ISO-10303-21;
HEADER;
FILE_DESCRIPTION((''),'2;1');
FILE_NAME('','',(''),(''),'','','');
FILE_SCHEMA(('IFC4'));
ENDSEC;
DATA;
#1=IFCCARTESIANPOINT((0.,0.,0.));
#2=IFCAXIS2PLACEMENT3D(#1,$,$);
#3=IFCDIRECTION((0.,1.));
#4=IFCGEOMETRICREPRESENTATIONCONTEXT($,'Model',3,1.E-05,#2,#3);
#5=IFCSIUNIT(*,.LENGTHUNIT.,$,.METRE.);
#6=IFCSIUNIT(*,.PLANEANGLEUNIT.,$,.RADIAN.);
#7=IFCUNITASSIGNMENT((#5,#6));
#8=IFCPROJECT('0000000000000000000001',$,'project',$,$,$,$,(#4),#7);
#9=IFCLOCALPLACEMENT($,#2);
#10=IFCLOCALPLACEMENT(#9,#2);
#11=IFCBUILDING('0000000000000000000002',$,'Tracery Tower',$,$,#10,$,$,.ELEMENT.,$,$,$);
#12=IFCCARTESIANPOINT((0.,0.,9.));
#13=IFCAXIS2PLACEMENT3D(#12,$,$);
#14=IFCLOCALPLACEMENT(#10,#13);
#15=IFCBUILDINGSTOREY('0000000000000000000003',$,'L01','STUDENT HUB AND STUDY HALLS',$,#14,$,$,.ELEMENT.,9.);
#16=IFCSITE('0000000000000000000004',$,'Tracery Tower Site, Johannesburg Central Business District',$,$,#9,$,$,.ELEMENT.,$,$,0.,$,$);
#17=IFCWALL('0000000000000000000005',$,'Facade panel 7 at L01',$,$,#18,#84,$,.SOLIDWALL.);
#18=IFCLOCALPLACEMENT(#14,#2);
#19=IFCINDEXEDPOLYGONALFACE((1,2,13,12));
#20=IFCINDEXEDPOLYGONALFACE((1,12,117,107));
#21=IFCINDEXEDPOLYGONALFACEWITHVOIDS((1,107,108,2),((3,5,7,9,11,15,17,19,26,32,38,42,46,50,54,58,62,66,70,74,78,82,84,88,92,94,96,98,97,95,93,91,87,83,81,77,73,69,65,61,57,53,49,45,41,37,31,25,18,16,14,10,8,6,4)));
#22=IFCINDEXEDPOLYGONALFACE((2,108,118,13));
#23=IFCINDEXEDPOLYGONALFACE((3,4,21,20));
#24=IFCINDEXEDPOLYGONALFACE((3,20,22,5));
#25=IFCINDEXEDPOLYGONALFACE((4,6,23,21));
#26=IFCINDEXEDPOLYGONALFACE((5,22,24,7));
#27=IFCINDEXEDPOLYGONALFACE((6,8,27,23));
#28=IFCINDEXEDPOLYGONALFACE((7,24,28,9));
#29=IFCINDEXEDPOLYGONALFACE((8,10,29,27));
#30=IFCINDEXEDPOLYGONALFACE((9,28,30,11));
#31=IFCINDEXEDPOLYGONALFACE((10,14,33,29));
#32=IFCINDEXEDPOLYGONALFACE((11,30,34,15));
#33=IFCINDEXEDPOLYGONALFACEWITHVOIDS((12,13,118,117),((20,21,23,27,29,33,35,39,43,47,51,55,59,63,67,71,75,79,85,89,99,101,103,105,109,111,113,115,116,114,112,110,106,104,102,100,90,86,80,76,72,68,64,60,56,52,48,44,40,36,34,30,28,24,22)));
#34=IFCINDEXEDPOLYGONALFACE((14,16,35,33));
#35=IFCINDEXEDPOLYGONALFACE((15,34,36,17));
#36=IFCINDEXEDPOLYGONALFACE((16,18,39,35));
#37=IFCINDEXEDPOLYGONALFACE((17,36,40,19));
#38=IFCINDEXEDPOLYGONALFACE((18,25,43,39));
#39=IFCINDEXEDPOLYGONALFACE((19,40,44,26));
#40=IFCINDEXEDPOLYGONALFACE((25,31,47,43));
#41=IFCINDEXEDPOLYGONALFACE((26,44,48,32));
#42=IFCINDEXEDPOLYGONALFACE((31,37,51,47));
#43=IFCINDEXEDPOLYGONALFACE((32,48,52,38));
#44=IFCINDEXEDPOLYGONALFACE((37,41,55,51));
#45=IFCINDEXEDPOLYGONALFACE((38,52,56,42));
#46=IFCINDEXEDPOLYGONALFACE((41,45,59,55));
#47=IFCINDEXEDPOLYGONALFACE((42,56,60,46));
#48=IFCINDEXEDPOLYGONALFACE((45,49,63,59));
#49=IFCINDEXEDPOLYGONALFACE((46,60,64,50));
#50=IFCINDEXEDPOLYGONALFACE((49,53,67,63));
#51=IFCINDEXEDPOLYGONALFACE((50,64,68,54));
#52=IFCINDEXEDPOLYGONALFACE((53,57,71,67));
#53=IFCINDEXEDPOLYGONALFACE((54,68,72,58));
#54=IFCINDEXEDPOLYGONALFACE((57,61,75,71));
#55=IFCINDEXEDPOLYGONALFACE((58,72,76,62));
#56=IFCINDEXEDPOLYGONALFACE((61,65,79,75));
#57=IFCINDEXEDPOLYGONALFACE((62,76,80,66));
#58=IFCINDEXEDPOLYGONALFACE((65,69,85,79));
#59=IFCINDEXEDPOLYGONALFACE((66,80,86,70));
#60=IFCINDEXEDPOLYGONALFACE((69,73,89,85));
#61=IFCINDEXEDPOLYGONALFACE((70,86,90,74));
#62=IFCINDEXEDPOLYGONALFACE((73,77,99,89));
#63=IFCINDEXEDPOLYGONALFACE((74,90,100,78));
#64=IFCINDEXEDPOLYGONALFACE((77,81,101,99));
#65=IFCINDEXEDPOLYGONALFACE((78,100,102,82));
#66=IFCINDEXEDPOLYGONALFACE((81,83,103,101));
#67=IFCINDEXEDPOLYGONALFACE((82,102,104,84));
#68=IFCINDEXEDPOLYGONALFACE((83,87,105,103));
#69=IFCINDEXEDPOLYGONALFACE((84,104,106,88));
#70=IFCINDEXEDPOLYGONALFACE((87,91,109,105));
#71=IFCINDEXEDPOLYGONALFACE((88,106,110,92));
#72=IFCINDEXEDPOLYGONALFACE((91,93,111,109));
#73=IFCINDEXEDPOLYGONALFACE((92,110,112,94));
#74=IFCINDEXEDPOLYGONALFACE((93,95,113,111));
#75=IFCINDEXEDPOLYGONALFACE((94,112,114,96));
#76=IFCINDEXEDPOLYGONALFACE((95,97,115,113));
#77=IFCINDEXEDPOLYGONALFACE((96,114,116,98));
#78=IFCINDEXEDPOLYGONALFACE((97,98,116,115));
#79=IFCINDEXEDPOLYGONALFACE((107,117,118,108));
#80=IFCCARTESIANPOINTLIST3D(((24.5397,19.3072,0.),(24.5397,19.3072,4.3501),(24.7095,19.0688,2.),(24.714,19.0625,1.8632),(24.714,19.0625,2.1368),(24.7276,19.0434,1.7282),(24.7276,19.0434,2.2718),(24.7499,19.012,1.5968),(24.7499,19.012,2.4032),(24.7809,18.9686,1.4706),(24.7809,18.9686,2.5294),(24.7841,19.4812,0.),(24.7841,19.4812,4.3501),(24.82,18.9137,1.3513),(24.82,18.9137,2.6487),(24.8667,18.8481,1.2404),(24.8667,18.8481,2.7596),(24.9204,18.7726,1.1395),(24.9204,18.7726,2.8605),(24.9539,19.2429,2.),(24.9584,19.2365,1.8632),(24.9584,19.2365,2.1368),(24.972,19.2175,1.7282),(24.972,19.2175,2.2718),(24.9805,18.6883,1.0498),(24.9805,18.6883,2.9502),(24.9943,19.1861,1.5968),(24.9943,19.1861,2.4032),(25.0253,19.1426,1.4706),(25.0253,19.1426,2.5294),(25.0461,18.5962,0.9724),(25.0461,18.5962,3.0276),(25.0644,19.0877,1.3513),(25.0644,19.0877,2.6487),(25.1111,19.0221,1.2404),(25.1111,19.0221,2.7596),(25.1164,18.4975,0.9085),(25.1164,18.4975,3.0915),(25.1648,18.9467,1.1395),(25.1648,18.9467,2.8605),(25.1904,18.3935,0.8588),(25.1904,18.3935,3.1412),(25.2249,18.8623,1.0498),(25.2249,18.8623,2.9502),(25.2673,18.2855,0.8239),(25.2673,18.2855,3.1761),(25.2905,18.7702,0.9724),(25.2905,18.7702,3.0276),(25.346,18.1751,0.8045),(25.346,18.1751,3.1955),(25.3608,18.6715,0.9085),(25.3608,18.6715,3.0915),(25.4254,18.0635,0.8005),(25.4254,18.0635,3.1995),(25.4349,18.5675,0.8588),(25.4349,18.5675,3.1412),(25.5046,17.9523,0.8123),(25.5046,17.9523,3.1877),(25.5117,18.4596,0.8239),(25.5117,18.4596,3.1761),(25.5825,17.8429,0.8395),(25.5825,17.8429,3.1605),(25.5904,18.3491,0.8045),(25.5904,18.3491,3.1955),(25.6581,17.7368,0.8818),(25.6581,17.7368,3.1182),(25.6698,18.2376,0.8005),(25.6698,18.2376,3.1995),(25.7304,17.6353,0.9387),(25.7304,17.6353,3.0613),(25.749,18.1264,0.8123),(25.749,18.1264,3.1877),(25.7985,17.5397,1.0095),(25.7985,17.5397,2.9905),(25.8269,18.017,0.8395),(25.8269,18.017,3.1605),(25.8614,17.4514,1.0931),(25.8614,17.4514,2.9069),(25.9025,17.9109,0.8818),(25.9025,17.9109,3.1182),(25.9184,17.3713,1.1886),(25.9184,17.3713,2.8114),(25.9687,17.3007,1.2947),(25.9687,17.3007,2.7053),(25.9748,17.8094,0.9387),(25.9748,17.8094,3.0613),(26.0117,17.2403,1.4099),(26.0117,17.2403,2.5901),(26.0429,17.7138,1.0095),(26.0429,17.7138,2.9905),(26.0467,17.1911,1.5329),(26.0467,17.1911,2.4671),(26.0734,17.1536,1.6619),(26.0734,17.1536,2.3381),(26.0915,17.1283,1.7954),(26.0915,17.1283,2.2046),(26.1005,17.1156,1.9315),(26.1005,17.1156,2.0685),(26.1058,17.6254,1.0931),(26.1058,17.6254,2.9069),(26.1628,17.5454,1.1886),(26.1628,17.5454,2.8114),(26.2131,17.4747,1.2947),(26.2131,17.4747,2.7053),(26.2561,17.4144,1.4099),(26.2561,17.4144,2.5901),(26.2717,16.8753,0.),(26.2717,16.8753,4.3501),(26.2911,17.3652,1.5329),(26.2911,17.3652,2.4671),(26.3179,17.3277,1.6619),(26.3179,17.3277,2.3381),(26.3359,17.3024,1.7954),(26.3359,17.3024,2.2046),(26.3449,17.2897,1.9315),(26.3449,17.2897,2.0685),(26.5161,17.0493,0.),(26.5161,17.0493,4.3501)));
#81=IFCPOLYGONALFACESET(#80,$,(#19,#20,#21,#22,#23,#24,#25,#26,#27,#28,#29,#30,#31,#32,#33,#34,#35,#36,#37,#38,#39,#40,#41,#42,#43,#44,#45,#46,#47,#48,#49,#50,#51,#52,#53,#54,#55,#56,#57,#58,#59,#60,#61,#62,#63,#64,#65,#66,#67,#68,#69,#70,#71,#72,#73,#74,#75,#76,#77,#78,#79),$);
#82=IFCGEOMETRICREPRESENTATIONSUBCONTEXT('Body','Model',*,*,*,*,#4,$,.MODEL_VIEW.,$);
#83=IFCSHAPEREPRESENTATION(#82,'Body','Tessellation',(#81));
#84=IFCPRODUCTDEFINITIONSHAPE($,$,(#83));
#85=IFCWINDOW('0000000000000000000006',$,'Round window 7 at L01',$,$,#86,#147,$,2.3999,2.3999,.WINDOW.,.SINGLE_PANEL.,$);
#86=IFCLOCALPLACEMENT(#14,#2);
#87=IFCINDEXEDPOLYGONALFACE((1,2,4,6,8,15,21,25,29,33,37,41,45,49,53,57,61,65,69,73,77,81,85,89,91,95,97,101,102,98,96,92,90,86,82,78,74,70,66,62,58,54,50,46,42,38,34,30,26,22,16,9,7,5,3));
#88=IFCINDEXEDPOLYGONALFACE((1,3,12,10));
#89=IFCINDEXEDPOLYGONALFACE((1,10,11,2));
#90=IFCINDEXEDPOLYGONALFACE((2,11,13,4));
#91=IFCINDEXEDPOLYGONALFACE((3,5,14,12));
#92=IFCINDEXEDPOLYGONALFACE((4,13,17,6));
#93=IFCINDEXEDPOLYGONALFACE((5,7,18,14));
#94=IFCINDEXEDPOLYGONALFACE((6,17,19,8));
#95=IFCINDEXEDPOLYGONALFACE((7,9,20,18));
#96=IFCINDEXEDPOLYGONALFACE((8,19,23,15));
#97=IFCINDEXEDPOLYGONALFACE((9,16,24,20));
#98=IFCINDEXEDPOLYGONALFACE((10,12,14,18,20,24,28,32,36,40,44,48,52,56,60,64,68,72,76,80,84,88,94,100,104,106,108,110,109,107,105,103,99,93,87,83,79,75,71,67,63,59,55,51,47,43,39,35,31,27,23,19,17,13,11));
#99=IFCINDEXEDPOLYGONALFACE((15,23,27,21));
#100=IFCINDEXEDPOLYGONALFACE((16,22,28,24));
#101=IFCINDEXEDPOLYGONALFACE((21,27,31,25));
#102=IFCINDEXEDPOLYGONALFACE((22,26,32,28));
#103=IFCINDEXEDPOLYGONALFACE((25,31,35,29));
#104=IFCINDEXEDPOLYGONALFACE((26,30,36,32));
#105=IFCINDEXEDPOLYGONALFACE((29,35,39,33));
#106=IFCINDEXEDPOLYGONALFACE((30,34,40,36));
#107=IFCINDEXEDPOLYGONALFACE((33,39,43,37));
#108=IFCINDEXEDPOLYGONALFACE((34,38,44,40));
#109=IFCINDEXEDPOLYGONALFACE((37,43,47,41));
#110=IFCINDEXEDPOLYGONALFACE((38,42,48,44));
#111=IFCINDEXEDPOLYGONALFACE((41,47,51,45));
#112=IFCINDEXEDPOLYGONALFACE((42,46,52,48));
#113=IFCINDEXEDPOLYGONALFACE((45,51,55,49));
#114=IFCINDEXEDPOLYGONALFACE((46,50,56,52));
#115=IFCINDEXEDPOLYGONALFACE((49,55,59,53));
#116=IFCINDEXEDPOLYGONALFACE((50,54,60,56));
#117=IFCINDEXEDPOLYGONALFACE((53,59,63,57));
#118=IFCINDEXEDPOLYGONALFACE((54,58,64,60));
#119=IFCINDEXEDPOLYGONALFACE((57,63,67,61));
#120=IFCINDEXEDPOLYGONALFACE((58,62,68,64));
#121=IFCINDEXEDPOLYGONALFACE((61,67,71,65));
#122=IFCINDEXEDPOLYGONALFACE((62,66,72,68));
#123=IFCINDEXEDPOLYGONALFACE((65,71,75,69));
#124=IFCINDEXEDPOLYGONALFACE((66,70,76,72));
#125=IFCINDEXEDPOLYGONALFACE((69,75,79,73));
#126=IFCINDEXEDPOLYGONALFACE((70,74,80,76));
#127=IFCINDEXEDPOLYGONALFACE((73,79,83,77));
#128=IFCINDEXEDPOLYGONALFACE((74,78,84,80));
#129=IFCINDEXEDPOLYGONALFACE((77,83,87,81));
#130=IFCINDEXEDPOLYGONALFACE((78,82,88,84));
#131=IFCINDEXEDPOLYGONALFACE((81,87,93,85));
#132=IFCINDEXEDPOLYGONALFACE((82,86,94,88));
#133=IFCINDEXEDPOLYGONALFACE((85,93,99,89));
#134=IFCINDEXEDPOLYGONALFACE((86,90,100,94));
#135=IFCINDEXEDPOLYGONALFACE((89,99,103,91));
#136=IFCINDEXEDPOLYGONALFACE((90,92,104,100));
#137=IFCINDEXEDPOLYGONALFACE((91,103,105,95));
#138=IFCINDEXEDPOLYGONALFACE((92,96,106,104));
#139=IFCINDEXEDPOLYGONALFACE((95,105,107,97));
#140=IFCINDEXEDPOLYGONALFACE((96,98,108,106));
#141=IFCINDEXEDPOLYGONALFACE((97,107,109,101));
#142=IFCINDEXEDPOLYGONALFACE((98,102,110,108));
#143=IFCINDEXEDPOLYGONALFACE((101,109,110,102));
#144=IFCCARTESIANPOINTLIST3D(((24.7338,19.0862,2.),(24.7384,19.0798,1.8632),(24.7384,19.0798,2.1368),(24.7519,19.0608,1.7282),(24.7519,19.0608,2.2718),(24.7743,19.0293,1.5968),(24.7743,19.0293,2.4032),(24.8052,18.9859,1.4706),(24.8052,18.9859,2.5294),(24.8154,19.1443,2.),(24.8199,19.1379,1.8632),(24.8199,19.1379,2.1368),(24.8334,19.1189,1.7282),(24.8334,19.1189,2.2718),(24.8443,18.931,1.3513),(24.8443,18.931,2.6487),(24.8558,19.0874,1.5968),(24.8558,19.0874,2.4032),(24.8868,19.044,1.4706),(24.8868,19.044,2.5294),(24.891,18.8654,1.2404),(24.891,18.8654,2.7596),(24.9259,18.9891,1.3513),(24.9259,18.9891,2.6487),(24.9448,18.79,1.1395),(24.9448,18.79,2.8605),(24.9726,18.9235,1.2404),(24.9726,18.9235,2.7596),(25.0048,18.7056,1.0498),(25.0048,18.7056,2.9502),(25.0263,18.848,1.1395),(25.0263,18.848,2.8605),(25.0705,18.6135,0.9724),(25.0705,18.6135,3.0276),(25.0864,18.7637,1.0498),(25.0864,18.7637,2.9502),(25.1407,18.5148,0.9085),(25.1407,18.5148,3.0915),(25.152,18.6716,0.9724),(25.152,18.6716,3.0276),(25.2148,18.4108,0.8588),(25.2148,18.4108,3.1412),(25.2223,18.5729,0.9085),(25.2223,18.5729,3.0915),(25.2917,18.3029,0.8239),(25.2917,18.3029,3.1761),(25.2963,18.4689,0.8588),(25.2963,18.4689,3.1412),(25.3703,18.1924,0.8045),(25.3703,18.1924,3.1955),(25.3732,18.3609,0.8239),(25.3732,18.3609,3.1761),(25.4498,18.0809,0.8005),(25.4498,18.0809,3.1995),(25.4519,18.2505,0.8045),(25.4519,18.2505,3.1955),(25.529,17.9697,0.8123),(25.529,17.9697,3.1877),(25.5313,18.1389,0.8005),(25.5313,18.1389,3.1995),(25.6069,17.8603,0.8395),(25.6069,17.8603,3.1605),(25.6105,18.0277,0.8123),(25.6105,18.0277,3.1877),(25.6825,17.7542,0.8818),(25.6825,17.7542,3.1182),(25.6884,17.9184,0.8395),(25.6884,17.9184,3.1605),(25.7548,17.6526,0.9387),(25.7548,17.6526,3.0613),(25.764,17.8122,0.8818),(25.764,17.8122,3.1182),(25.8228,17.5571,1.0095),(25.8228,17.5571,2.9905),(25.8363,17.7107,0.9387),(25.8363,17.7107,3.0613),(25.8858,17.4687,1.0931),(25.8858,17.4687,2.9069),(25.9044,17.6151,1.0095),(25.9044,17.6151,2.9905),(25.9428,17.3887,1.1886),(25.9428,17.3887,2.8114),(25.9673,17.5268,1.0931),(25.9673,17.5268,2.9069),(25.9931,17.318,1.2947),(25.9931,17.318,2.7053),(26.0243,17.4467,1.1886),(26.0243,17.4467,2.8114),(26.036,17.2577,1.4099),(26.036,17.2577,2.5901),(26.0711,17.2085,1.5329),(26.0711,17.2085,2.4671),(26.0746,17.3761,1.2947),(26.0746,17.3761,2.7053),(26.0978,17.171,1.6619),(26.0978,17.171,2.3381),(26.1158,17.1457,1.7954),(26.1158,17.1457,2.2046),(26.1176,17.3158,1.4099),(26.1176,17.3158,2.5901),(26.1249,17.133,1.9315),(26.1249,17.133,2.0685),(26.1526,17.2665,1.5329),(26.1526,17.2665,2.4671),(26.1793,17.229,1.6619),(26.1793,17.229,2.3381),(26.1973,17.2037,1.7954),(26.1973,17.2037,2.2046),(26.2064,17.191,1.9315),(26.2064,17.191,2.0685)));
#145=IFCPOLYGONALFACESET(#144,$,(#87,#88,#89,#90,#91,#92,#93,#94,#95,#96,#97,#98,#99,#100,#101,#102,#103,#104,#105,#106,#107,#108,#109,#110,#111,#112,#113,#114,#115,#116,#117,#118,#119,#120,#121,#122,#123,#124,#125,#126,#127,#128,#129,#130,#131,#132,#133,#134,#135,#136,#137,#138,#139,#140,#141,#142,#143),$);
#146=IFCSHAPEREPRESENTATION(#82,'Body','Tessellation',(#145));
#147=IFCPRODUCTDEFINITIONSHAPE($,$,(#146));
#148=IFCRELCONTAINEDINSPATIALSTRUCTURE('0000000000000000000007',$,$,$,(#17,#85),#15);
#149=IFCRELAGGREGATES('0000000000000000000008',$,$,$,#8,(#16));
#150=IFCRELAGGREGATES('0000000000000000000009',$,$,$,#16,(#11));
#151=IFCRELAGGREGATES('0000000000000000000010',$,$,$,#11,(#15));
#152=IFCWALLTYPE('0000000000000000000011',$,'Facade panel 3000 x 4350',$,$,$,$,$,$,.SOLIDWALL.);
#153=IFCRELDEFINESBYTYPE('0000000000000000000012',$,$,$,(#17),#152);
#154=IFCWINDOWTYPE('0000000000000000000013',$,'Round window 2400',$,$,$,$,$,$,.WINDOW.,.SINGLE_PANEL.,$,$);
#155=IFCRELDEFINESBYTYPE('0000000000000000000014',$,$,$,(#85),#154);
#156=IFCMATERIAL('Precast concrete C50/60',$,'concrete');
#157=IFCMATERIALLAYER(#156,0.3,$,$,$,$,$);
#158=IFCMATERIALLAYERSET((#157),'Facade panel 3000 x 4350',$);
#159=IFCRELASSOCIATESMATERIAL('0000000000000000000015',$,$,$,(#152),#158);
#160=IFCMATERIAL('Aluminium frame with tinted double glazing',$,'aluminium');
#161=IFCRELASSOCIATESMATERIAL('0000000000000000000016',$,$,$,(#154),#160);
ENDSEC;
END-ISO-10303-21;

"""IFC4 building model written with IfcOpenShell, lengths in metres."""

from ifc_helpers import new_model, si_unit, direction, frame, frame_2d, origin, origin_2d, place, context, subcontext, project, spatial, rectangle, circle, extrude, material, layer, layer_set, type_object, element, fill, save


model = new_model("IFC4")

# Units and contexts
model_context = context("Model", 3, precision=1e-05, world=origin(), true_north=direction((0.0, 1.0)))
body_context = subcontext(model_context, "Body", "Model", "MODEL_VIEW")
ifc_project = project(units=[si_unit("LENGTHUNIT", "METRE"), si_unit("PLANEANGLEUNIT", "RADIAN")], contexts=[model_context])

# Site, building, storey
site_placement = place(None, origin())
site = spatial("IfcSite", under=ifc_project, at=site_placement, Name="Tracery Tower Site, Johannesburg Central Business District", CompositionType="ELEMENT", RefElevation=0.0)
building_placement = place(site_placement, origin())
building = spatial("IfcBuilding", under=site, at=building_placement, Name="Tracery Tower", CompositionType="ELEMENT")
storey_placement = place(building_placement, frame((0.0, 0.0, 9.0)))
storey = spatial("IfcBuildingStorey", under=building, at=storey_placement, Name="L01", Description="STUDENT HUB AND STUDY HALLS", CompositionType="ELEMENT", Elevation=9.0)

# Wall, opening, window
ifc_material_1 = material(Name="Precast concrete C50/60", Category="concrete")
ifc_layer_1 = layer(ifc_material_1, 0.3)
ifc_layer_set_1 = layer_set([ifc_layer_1], Name="Facade panel 3000 x 4350")
wall_type_1 = type_object("IfcWallType", Name="Facade panel 3000 x 4350", PredefinedType="SOLIDWALL", material=ifc_layer_set_1)
wall_1_placement = place(storey_placement, frame((26.3938, 16.9624, 0.0), z_axis=(0.0, 0.0, 1.0), x_axis=(-0.580101, 0.814545, 0.0)))
wall_1 = element("IfcWall", 1, at=wall_1_placement, inside=storey, type_object=wall_type_1, Name="Facade panel 7 at L01", PredefinedType="SOLIDWALL", context=body_context, shape_type="SweptSolid", body=[
    extrude(rectangle(XDim=2.9856, YDim=0.3, at=frame_2d((1.4927, 0.0))), origin(), (0.0, 0.0, 1.0), 4.3501),
])
opening_1_placement = place(wall_1_placement, frame((1.4929, 0.0, 2.0)))
opening_1 = element("IfcOpeningElement", 2, at=opening_1_placement, cuts=wall_1, PredefinedType="OPENING", context=body_context, shape_type="SweptSolid", body=[
    extrude(circle(Radius=1.2, at=origin_2d()), frame((0.0, 0.1599, 0.0), z_axis=(0.0, -1.0, 0.0), x_axis=(1.0, 0.0, 0.0)), (0.0, 0.0, 1.0), 0.3201),
])
ifc_material_2 = material(Name="Aluminium frame with tinted double glazing", Category="aluminium")
window_type = type_object("IfcWindowType", Name="Round window 2400", PartitioningType="SINGLE_PANEL", PredefinedType="WINDOW", material=ifc_material_2)
window_1_placement = place(opening_1_placement, origin())
window_1 = element("IfcWindow", 3, at=window_1_placement, inside=storey, type_object=window_type, Name="Round window 7 at L01", OverallHeight=2.3999, OverallWidth=2.3999, PartitioningType="SINGLE_PANEL", PredefinedType="WINDOW", context=body_context, shape_type="SweptSolid", body=[
    extrude(circle(Radius=1.2, at=origin_2d()), frame((0.0, 0.1201, 0.0), z_axis=(0.0, -1.0, 0.0), x_axis=(1.0, 0.0, 0.0)), (0.0, 0.0, 1.0), 0.1001),
])
fill(opening_1, window_1)

save(model, "model.ifc")
